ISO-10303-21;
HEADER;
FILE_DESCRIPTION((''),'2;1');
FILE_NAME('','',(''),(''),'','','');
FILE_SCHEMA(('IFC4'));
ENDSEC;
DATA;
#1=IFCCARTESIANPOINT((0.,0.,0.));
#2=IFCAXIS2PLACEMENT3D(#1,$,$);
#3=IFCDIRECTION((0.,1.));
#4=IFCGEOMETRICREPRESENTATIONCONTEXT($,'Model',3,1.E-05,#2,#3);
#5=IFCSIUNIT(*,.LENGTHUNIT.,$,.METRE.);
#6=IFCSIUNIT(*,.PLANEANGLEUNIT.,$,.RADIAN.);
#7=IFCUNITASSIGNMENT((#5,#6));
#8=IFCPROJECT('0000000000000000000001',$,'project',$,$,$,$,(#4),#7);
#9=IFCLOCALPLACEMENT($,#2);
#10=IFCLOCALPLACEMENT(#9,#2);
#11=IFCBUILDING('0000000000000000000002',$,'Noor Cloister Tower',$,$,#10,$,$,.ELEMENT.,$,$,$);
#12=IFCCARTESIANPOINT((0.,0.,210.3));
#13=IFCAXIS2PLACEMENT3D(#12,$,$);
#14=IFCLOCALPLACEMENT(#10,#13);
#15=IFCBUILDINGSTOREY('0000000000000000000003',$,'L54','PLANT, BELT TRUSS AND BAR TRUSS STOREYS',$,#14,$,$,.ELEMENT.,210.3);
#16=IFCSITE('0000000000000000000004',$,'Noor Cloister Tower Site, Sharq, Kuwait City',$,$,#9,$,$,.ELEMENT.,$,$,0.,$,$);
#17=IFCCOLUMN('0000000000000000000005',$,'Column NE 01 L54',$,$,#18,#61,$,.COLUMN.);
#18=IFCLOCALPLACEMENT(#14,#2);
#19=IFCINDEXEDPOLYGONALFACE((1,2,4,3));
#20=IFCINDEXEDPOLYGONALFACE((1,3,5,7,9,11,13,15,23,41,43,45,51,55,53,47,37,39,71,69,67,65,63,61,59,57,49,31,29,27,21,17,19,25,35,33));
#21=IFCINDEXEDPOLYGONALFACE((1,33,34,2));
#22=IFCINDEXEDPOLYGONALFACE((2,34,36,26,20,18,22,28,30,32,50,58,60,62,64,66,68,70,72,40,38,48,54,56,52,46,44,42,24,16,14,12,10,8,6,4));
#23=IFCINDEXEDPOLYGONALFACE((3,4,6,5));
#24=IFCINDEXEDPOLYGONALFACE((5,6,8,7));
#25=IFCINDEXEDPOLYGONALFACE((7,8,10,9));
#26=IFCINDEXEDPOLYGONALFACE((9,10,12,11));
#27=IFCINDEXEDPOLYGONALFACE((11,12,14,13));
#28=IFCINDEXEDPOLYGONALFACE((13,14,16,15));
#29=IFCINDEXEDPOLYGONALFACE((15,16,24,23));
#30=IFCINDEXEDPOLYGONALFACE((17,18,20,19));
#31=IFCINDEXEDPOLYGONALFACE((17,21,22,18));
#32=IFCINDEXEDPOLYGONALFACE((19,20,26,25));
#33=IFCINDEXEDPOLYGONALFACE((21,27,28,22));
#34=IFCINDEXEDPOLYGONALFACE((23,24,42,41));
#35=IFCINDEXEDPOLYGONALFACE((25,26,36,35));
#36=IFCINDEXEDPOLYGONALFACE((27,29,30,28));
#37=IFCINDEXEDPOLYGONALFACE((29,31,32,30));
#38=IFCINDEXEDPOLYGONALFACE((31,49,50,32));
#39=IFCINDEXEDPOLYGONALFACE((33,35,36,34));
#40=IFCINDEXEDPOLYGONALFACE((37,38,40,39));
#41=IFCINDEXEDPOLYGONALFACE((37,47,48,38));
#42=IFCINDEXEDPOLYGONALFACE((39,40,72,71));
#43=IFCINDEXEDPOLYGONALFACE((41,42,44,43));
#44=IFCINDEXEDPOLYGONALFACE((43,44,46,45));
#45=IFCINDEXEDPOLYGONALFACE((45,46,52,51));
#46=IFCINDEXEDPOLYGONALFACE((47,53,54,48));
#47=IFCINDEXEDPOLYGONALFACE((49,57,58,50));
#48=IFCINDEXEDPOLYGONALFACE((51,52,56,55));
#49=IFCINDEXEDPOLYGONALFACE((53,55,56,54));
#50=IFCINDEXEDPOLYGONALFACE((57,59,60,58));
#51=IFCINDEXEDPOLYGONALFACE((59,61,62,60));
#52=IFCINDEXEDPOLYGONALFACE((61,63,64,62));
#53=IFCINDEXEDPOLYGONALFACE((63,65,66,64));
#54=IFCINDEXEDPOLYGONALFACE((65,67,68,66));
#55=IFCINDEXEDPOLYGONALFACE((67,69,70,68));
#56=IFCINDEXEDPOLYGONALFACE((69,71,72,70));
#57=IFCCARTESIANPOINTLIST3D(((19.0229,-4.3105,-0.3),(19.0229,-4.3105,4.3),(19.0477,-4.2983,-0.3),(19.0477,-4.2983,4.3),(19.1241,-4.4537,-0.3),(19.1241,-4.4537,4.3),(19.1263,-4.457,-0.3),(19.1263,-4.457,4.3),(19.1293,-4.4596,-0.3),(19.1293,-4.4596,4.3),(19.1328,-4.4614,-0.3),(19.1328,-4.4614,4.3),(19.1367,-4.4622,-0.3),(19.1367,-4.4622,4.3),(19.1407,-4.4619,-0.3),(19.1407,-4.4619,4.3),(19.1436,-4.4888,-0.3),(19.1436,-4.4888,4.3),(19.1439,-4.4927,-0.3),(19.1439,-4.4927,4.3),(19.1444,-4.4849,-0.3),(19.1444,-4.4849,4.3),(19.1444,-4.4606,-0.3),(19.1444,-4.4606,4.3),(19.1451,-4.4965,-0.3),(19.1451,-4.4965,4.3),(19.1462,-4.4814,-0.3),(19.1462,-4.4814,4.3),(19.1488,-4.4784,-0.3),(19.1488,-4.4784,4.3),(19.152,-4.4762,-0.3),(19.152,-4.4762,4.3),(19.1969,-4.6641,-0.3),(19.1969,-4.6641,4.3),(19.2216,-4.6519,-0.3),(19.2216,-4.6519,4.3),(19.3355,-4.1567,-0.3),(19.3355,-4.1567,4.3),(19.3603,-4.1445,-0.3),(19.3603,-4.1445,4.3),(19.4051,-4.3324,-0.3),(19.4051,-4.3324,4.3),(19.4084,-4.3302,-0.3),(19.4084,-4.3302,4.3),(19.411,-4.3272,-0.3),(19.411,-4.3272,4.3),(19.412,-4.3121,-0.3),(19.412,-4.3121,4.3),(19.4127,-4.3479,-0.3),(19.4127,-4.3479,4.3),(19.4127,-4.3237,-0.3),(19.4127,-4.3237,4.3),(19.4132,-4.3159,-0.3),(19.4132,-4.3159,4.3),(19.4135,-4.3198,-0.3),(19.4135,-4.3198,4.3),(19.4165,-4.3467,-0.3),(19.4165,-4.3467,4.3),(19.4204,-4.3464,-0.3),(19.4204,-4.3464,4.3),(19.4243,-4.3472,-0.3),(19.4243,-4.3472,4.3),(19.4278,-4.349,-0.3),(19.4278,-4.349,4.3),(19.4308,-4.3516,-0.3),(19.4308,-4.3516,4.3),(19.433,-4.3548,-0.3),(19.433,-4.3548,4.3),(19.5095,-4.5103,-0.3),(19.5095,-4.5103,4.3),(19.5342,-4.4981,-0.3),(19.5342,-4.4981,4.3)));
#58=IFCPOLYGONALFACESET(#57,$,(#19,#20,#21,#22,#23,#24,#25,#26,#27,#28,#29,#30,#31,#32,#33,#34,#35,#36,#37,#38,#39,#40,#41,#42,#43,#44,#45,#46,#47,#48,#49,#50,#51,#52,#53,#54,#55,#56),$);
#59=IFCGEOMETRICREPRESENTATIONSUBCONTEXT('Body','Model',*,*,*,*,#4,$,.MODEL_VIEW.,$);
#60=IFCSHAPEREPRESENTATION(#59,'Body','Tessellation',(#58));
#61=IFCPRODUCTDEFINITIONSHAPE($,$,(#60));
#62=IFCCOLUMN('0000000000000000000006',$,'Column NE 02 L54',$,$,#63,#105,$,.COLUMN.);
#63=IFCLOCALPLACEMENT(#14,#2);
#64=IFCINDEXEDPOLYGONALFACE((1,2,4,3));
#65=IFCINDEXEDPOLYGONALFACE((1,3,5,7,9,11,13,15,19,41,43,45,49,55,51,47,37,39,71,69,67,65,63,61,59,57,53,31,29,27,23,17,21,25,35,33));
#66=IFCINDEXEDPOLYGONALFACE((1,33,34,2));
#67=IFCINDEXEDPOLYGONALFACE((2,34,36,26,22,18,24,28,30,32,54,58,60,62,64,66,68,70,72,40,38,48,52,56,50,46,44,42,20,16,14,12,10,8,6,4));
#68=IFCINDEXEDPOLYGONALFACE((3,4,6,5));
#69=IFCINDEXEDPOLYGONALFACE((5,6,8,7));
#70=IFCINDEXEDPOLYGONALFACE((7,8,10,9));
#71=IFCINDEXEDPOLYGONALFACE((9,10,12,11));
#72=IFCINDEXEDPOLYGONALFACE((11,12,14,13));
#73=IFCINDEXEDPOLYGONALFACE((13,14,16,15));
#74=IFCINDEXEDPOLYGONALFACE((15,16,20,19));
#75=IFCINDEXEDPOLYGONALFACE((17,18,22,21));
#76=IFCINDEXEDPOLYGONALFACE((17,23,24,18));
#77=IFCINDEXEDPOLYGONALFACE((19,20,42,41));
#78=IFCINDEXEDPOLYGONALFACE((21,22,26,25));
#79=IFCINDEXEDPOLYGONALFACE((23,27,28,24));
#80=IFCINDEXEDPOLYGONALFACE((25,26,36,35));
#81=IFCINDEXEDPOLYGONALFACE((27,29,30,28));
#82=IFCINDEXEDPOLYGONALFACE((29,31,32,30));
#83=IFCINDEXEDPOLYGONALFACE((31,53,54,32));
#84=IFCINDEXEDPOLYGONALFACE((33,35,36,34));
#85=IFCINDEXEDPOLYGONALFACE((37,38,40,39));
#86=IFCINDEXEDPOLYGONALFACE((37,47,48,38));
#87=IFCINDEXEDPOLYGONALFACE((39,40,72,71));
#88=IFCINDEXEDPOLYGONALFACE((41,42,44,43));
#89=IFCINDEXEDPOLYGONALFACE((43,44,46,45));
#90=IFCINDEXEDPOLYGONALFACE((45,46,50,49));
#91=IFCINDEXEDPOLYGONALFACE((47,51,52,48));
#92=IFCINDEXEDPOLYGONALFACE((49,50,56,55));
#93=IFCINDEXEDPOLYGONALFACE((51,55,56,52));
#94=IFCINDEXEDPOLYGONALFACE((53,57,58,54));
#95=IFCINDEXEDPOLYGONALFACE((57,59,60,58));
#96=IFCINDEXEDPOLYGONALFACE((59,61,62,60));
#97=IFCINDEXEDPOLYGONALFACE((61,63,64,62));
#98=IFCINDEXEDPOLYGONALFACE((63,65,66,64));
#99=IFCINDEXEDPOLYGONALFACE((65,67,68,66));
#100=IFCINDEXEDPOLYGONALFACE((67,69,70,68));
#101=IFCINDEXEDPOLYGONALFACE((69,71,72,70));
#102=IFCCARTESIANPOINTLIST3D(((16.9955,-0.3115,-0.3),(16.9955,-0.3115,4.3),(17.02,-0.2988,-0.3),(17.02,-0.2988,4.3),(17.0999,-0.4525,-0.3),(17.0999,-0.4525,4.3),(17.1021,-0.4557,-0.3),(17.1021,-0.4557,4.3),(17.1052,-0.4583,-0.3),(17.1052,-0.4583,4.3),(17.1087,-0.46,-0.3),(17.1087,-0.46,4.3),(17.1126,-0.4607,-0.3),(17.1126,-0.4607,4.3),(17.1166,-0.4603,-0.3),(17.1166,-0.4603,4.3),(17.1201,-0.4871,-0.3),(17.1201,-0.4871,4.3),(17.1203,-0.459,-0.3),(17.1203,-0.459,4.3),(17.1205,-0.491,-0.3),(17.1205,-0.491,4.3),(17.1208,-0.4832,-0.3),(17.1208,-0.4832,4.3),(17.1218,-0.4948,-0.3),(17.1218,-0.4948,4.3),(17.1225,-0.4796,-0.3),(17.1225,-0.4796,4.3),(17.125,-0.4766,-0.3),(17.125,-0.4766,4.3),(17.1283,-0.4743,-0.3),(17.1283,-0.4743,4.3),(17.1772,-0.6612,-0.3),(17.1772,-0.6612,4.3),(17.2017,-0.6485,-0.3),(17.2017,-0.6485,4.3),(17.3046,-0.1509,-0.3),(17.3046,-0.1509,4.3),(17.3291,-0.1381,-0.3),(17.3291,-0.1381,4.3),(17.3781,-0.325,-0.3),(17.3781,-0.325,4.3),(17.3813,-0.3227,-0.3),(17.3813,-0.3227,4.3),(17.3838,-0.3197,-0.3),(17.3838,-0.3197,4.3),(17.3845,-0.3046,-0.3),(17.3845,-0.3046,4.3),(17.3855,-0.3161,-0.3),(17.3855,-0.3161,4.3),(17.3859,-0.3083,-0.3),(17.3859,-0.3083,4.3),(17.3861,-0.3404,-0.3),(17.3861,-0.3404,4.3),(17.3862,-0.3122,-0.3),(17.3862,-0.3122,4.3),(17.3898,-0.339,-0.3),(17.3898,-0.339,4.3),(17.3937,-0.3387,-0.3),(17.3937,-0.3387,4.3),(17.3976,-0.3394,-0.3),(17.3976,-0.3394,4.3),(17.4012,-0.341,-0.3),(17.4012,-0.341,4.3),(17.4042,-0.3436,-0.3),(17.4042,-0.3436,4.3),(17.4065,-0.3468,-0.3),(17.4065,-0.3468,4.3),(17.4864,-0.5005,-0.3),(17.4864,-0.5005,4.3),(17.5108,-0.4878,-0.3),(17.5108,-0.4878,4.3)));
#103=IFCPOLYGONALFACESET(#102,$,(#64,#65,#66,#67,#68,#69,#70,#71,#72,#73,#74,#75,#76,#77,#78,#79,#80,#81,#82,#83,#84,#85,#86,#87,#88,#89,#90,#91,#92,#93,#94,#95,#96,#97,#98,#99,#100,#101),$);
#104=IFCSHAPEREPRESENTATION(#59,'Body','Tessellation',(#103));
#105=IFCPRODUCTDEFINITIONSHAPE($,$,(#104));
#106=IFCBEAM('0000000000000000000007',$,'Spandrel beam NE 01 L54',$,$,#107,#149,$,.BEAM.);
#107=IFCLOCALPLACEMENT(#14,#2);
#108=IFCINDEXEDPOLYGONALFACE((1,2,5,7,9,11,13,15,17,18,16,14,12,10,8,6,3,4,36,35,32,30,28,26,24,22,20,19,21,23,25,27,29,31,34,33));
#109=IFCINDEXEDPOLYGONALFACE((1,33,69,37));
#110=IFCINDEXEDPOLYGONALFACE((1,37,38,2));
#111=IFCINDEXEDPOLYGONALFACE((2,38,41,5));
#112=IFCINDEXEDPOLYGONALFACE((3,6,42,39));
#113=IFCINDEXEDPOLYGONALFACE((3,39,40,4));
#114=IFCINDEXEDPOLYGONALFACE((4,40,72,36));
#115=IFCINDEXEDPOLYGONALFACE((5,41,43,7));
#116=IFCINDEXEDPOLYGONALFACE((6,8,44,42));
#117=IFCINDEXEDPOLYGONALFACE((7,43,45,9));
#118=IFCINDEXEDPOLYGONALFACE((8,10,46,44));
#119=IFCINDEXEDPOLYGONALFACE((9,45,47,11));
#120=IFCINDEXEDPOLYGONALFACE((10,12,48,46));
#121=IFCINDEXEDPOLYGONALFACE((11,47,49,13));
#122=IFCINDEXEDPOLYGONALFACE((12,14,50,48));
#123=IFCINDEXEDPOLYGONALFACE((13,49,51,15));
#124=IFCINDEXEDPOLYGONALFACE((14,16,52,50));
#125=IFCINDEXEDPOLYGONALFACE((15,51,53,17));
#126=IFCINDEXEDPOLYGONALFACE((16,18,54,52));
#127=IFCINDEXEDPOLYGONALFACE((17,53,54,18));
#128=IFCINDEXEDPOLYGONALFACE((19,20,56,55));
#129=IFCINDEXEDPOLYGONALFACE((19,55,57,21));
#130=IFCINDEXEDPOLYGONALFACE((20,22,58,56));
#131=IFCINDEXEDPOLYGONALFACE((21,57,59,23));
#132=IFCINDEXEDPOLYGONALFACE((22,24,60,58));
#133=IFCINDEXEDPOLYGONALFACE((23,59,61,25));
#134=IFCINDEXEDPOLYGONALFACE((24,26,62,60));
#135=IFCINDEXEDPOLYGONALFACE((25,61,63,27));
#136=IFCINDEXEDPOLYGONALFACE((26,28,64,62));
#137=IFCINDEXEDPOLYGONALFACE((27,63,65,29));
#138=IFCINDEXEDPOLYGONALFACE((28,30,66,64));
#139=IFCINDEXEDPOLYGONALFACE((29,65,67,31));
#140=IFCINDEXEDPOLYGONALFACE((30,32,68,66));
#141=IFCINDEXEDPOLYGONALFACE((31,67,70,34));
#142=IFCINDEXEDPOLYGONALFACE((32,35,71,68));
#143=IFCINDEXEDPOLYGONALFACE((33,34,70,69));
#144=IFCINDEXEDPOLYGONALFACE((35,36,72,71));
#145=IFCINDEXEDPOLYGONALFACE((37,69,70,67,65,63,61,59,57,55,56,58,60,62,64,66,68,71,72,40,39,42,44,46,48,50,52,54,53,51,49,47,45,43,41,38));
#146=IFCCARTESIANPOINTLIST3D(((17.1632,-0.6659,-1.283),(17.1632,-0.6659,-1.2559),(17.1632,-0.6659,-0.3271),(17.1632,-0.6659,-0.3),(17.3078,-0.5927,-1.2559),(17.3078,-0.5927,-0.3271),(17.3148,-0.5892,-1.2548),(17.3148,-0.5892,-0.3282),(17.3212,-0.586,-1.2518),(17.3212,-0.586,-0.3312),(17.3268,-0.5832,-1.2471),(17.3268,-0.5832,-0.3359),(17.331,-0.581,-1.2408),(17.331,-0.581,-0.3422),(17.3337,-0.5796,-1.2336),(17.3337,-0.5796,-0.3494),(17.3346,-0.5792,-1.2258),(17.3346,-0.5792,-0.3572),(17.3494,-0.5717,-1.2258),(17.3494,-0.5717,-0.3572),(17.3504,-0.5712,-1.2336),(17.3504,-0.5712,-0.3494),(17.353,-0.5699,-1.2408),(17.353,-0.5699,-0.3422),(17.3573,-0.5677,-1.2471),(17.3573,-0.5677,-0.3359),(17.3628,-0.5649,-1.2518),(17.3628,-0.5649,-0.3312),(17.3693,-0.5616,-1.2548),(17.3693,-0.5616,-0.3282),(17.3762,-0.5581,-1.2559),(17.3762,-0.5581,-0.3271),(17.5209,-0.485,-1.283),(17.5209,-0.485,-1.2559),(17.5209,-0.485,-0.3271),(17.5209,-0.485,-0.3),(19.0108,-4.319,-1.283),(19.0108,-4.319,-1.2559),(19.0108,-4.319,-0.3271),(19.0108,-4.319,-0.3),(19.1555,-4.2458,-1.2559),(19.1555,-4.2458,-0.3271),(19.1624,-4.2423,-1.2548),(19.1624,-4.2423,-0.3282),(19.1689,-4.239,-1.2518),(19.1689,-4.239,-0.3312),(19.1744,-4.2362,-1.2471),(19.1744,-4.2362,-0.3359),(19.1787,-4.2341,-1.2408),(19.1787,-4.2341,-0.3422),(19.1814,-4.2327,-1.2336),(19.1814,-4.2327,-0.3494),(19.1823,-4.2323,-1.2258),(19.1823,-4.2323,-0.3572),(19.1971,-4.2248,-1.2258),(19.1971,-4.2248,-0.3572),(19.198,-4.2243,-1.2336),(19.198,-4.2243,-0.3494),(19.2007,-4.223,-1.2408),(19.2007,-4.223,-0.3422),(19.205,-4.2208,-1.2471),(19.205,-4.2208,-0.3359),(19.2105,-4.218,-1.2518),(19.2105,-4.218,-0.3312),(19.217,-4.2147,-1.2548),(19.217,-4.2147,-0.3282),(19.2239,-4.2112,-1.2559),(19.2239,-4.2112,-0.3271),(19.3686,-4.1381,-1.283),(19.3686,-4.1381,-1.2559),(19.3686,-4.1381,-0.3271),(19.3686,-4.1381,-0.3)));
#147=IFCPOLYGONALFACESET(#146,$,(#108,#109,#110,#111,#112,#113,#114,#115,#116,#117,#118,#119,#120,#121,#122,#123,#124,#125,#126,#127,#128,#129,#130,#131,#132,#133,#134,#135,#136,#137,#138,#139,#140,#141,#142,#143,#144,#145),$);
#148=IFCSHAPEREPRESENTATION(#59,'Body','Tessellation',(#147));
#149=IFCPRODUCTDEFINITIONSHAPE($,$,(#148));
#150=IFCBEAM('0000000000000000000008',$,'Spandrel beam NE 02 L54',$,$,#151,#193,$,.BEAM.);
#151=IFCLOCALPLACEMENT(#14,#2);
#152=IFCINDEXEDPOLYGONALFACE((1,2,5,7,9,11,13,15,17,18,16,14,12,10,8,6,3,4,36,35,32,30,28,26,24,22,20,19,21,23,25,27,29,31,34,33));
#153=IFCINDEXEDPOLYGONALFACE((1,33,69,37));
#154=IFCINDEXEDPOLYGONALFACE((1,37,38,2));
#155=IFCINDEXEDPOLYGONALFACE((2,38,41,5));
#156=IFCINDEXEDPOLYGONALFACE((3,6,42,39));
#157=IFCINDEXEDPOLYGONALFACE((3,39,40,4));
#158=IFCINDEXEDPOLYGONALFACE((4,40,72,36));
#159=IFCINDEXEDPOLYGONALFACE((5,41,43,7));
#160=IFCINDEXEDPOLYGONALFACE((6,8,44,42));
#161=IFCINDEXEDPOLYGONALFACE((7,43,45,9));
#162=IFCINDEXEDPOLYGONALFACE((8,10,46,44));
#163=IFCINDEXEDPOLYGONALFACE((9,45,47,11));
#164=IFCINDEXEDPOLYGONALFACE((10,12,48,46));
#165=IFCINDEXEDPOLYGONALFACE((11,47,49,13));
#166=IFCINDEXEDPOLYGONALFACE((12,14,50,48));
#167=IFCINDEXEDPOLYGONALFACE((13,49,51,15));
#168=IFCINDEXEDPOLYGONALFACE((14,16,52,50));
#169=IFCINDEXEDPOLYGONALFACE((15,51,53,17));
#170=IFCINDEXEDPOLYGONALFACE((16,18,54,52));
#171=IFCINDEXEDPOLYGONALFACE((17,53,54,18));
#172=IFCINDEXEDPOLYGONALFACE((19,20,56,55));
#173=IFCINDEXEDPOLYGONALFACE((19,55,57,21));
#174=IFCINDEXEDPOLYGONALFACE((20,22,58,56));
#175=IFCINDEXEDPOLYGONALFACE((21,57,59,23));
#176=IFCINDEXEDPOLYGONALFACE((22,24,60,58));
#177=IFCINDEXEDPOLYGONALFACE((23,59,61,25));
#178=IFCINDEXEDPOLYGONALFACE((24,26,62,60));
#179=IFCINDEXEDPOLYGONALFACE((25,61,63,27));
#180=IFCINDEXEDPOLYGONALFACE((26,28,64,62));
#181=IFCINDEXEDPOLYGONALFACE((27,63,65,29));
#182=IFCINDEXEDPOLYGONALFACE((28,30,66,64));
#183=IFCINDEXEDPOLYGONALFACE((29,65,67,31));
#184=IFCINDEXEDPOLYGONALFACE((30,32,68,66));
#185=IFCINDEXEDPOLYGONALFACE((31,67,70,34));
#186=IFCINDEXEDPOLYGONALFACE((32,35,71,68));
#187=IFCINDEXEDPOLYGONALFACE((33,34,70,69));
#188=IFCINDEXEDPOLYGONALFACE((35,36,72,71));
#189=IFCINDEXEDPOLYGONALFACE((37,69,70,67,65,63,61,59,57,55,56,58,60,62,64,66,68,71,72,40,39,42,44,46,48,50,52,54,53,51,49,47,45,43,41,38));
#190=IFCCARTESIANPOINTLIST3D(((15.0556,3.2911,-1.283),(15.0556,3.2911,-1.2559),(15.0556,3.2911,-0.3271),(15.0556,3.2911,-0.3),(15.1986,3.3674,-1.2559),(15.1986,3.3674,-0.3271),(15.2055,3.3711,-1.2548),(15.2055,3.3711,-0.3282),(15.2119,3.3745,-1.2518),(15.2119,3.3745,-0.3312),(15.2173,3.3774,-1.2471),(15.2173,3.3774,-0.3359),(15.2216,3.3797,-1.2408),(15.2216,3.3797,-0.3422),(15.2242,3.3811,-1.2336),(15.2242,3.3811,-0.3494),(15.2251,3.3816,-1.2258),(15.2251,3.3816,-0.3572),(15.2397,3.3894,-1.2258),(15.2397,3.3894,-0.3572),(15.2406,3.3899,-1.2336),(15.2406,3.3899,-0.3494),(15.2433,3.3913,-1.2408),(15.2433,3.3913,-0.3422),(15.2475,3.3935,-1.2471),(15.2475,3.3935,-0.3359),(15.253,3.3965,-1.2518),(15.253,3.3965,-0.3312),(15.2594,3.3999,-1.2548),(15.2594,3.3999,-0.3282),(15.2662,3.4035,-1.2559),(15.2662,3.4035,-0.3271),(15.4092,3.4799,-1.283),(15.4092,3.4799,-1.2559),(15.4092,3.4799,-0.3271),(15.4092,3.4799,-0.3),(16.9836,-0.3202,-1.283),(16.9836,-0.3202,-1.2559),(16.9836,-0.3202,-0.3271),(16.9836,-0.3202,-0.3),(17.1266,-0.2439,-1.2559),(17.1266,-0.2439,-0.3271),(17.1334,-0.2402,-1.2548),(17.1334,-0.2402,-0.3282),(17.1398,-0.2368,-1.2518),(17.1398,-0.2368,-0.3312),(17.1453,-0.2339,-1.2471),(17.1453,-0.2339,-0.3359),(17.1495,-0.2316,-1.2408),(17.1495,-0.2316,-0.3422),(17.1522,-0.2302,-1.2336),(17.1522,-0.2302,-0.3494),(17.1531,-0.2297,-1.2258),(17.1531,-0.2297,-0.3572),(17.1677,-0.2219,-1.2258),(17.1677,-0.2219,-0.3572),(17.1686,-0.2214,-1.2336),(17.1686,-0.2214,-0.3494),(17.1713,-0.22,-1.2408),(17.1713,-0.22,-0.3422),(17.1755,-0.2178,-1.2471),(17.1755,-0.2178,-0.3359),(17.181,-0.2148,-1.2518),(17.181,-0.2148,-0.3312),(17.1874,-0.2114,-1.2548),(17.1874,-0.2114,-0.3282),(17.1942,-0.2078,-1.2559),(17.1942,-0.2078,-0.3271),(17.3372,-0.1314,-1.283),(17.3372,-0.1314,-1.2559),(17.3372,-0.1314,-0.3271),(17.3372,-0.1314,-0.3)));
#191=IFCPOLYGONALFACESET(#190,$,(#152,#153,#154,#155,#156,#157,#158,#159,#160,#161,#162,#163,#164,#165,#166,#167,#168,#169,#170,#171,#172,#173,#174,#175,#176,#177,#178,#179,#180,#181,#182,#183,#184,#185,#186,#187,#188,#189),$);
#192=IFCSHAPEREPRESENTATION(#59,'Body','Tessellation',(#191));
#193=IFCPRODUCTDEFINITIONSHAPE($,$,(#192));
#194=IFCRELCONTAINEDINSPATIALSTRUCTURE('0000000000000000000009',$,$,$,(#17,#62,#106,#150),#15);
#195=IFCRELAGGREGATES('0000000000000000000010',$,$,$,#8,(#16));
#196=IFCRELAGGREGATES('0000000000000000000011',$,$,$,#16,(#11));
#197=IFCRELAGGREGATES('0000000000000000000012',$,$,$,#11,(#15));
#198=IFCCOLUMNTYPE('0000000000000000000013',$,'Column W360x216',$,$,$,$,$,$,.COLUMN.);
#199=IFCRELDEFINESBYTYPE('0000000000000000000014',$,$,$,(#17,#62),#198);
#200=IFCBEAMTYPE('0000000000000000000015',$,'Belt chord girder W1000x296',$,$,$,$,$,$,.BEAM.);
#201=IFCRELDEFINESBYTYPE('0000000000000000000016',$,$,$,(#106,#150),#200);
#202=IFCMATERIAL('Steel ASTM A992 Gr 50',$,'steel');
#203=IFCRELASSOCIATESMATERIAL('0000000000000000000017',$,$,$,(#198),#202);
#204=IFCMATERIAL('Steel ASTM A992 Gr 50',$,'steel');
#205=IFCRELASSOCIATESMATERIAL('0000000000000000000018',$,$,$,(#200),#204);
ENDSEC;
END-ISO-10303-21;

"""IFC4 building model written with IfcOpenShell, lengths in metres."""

from ifc_helpers import new_model, si_unit, direction, frame, origin, origin_2d, place, context, subcontext, project, spatial, i_section, extrude, material, material_profile, profile_set, type_object, element, save


model = new_model("IFC4")

# Units and contexts
model_context = context("Model", 3, precision=1e-05, world=origin(), true_north=direction((0.0, 1.0)))
body_context = subcontext(model_context, "Body", "Model", "MODEL_VIEW")
ifc_project = project(units=[si_unit("LENGTHUNIT", "METRE"), si_unit("PLANEANGLEUNIT", "RADIAN")], contexts=[model_context])

# Site, building, storey
site_placement = place(None, origin())
site = spatial("IfcSite", under=ifc_project, at=site_placement, Name="Noor Cloister Tower Site, Sharq, Kuwait City", CompositionType="ELEMENT", RefElevation=0.0)
building_placement = place(site_placement, origin())
building = spatial("IfcBuilding", under=site, at=building_placement, Name="Noor Cloister Tower", CompositionType="ELEMENT")
storey_placement = place(building_placement, frame((0.0, 0.0, 210.3)))
storey = spatial("IfcBuildingStorey", under=building, at=storey_placement, Name="L54", Description="PLANT, BELT TRUSS AND BAR TRUSS STOREYS", CompositionType="ELEMENT", Elevation=210.3)

# Columns
ifc_material_1 = material(Name="Steel ASTM A992 Gr 50", Category="steel")
ifc_material_profile_1 = material_profile(ifc_material_1, i_section(OverallWidth=0.394, OverallDepth=0.376, WebThickness=0.0173, FlangeThickness=0.0276, FilletRadius=0.0151, at=origin_2d()), Name="W360x216")
ifc_profile_set_1 = profile_set([ifc_material_profile_1], Name="Steel ASTM A992 Gr 50")
column_type = type_object("IfcColumnType", Name="Column W360x216", PredefinedType="COLUMN", material=ifc_profile_set_1)
for number, where, z_axis, x_axis, name in (
    (1, (19.2786, -4.4043, -0.3), (0.0, 0.0, 1.0), (-0.441436, 0.897293, 0.0), "Column NE 01 L54"),
    (2, (17.2532, -0.3997, -0.3), (0.0, 0.0, 1.0), (-0.461186, 0.887303, 0.0), "Column NE 02 L54"),
):
    element("IfcColumn", number, at=place(storey_placement, frame(where, z_axis=z_axis, x_axis=x_axis)), inside=storey, type_object=column_type, Name=name, PredefinedType="COLUMN", context=body_context, shape_type="SweptSolid", body=[
        extrude(i_section(OverallWidth=0.394, OverallDepth=0.376, WebThickness=0.0173, FlangeThickness=0.0276, FilletRadius=0.0151, at=origin_2d()), origin(), (0.0, 0.0, 1.0), 4.6001),
    ])

# Beams
ifc_material_2 = material(Name="Steel ASTM A992 Gr 50", Category="steel")
ifc_material_profile_2 = material_profile(ifc_material_2, i_section(OverallWidth=0.4009, OverallDepth=0.9829, WebThickness=0.0166, FlangeThickness=0.0271, FilletRadius=0.03, at=origin_2d()), Name="W1000x296")
ifc_profile_set_2 = profile_set([ifc_material_profile_2], Name="Steel ASTM A992 Gr 50")
beam_type_1 = type_object("IfcBeamType", Name="Belt chord girder W1000x296", PredefinedType="BEAM", material=ifc_profile_set_2)
for number, where, z_axis, x_axis, name in (
    (3, (19.1897, -4.2285, -0.7915), (-0.451336, 0.892354, 0.0), (-0.892354, -0.451336, 0.0), "Spandrel beam NE 01 L54"),
    (4, (17.1604, -0.2258, -0.7915), (-0.470957, 0.882156, 0.0), (-0.882156, -0.470957, 0.0), "Spandrel beam NE 02 L54"),
):
    element("IfcBeam", number, at=place(storey_placement, frame(where, z_axis=z_axis, x_axis=x_axis)), inside=storey, type_object=beam_type_1, Name=name, PredefinedType="BEAM", context=body_context, shape_type="SweptSolid", body=[
        extrude(i_section(OverallWidth=0.4009, OverallDepth=0.9829, WebThickness=0.0166, FlangeThickness=0.0271, FilletRadius=0.03, at=origin_2d()), origin(), (0.0, 0.0, 1.0), 4.0938),
    ])

save(model, "model.ifc")
